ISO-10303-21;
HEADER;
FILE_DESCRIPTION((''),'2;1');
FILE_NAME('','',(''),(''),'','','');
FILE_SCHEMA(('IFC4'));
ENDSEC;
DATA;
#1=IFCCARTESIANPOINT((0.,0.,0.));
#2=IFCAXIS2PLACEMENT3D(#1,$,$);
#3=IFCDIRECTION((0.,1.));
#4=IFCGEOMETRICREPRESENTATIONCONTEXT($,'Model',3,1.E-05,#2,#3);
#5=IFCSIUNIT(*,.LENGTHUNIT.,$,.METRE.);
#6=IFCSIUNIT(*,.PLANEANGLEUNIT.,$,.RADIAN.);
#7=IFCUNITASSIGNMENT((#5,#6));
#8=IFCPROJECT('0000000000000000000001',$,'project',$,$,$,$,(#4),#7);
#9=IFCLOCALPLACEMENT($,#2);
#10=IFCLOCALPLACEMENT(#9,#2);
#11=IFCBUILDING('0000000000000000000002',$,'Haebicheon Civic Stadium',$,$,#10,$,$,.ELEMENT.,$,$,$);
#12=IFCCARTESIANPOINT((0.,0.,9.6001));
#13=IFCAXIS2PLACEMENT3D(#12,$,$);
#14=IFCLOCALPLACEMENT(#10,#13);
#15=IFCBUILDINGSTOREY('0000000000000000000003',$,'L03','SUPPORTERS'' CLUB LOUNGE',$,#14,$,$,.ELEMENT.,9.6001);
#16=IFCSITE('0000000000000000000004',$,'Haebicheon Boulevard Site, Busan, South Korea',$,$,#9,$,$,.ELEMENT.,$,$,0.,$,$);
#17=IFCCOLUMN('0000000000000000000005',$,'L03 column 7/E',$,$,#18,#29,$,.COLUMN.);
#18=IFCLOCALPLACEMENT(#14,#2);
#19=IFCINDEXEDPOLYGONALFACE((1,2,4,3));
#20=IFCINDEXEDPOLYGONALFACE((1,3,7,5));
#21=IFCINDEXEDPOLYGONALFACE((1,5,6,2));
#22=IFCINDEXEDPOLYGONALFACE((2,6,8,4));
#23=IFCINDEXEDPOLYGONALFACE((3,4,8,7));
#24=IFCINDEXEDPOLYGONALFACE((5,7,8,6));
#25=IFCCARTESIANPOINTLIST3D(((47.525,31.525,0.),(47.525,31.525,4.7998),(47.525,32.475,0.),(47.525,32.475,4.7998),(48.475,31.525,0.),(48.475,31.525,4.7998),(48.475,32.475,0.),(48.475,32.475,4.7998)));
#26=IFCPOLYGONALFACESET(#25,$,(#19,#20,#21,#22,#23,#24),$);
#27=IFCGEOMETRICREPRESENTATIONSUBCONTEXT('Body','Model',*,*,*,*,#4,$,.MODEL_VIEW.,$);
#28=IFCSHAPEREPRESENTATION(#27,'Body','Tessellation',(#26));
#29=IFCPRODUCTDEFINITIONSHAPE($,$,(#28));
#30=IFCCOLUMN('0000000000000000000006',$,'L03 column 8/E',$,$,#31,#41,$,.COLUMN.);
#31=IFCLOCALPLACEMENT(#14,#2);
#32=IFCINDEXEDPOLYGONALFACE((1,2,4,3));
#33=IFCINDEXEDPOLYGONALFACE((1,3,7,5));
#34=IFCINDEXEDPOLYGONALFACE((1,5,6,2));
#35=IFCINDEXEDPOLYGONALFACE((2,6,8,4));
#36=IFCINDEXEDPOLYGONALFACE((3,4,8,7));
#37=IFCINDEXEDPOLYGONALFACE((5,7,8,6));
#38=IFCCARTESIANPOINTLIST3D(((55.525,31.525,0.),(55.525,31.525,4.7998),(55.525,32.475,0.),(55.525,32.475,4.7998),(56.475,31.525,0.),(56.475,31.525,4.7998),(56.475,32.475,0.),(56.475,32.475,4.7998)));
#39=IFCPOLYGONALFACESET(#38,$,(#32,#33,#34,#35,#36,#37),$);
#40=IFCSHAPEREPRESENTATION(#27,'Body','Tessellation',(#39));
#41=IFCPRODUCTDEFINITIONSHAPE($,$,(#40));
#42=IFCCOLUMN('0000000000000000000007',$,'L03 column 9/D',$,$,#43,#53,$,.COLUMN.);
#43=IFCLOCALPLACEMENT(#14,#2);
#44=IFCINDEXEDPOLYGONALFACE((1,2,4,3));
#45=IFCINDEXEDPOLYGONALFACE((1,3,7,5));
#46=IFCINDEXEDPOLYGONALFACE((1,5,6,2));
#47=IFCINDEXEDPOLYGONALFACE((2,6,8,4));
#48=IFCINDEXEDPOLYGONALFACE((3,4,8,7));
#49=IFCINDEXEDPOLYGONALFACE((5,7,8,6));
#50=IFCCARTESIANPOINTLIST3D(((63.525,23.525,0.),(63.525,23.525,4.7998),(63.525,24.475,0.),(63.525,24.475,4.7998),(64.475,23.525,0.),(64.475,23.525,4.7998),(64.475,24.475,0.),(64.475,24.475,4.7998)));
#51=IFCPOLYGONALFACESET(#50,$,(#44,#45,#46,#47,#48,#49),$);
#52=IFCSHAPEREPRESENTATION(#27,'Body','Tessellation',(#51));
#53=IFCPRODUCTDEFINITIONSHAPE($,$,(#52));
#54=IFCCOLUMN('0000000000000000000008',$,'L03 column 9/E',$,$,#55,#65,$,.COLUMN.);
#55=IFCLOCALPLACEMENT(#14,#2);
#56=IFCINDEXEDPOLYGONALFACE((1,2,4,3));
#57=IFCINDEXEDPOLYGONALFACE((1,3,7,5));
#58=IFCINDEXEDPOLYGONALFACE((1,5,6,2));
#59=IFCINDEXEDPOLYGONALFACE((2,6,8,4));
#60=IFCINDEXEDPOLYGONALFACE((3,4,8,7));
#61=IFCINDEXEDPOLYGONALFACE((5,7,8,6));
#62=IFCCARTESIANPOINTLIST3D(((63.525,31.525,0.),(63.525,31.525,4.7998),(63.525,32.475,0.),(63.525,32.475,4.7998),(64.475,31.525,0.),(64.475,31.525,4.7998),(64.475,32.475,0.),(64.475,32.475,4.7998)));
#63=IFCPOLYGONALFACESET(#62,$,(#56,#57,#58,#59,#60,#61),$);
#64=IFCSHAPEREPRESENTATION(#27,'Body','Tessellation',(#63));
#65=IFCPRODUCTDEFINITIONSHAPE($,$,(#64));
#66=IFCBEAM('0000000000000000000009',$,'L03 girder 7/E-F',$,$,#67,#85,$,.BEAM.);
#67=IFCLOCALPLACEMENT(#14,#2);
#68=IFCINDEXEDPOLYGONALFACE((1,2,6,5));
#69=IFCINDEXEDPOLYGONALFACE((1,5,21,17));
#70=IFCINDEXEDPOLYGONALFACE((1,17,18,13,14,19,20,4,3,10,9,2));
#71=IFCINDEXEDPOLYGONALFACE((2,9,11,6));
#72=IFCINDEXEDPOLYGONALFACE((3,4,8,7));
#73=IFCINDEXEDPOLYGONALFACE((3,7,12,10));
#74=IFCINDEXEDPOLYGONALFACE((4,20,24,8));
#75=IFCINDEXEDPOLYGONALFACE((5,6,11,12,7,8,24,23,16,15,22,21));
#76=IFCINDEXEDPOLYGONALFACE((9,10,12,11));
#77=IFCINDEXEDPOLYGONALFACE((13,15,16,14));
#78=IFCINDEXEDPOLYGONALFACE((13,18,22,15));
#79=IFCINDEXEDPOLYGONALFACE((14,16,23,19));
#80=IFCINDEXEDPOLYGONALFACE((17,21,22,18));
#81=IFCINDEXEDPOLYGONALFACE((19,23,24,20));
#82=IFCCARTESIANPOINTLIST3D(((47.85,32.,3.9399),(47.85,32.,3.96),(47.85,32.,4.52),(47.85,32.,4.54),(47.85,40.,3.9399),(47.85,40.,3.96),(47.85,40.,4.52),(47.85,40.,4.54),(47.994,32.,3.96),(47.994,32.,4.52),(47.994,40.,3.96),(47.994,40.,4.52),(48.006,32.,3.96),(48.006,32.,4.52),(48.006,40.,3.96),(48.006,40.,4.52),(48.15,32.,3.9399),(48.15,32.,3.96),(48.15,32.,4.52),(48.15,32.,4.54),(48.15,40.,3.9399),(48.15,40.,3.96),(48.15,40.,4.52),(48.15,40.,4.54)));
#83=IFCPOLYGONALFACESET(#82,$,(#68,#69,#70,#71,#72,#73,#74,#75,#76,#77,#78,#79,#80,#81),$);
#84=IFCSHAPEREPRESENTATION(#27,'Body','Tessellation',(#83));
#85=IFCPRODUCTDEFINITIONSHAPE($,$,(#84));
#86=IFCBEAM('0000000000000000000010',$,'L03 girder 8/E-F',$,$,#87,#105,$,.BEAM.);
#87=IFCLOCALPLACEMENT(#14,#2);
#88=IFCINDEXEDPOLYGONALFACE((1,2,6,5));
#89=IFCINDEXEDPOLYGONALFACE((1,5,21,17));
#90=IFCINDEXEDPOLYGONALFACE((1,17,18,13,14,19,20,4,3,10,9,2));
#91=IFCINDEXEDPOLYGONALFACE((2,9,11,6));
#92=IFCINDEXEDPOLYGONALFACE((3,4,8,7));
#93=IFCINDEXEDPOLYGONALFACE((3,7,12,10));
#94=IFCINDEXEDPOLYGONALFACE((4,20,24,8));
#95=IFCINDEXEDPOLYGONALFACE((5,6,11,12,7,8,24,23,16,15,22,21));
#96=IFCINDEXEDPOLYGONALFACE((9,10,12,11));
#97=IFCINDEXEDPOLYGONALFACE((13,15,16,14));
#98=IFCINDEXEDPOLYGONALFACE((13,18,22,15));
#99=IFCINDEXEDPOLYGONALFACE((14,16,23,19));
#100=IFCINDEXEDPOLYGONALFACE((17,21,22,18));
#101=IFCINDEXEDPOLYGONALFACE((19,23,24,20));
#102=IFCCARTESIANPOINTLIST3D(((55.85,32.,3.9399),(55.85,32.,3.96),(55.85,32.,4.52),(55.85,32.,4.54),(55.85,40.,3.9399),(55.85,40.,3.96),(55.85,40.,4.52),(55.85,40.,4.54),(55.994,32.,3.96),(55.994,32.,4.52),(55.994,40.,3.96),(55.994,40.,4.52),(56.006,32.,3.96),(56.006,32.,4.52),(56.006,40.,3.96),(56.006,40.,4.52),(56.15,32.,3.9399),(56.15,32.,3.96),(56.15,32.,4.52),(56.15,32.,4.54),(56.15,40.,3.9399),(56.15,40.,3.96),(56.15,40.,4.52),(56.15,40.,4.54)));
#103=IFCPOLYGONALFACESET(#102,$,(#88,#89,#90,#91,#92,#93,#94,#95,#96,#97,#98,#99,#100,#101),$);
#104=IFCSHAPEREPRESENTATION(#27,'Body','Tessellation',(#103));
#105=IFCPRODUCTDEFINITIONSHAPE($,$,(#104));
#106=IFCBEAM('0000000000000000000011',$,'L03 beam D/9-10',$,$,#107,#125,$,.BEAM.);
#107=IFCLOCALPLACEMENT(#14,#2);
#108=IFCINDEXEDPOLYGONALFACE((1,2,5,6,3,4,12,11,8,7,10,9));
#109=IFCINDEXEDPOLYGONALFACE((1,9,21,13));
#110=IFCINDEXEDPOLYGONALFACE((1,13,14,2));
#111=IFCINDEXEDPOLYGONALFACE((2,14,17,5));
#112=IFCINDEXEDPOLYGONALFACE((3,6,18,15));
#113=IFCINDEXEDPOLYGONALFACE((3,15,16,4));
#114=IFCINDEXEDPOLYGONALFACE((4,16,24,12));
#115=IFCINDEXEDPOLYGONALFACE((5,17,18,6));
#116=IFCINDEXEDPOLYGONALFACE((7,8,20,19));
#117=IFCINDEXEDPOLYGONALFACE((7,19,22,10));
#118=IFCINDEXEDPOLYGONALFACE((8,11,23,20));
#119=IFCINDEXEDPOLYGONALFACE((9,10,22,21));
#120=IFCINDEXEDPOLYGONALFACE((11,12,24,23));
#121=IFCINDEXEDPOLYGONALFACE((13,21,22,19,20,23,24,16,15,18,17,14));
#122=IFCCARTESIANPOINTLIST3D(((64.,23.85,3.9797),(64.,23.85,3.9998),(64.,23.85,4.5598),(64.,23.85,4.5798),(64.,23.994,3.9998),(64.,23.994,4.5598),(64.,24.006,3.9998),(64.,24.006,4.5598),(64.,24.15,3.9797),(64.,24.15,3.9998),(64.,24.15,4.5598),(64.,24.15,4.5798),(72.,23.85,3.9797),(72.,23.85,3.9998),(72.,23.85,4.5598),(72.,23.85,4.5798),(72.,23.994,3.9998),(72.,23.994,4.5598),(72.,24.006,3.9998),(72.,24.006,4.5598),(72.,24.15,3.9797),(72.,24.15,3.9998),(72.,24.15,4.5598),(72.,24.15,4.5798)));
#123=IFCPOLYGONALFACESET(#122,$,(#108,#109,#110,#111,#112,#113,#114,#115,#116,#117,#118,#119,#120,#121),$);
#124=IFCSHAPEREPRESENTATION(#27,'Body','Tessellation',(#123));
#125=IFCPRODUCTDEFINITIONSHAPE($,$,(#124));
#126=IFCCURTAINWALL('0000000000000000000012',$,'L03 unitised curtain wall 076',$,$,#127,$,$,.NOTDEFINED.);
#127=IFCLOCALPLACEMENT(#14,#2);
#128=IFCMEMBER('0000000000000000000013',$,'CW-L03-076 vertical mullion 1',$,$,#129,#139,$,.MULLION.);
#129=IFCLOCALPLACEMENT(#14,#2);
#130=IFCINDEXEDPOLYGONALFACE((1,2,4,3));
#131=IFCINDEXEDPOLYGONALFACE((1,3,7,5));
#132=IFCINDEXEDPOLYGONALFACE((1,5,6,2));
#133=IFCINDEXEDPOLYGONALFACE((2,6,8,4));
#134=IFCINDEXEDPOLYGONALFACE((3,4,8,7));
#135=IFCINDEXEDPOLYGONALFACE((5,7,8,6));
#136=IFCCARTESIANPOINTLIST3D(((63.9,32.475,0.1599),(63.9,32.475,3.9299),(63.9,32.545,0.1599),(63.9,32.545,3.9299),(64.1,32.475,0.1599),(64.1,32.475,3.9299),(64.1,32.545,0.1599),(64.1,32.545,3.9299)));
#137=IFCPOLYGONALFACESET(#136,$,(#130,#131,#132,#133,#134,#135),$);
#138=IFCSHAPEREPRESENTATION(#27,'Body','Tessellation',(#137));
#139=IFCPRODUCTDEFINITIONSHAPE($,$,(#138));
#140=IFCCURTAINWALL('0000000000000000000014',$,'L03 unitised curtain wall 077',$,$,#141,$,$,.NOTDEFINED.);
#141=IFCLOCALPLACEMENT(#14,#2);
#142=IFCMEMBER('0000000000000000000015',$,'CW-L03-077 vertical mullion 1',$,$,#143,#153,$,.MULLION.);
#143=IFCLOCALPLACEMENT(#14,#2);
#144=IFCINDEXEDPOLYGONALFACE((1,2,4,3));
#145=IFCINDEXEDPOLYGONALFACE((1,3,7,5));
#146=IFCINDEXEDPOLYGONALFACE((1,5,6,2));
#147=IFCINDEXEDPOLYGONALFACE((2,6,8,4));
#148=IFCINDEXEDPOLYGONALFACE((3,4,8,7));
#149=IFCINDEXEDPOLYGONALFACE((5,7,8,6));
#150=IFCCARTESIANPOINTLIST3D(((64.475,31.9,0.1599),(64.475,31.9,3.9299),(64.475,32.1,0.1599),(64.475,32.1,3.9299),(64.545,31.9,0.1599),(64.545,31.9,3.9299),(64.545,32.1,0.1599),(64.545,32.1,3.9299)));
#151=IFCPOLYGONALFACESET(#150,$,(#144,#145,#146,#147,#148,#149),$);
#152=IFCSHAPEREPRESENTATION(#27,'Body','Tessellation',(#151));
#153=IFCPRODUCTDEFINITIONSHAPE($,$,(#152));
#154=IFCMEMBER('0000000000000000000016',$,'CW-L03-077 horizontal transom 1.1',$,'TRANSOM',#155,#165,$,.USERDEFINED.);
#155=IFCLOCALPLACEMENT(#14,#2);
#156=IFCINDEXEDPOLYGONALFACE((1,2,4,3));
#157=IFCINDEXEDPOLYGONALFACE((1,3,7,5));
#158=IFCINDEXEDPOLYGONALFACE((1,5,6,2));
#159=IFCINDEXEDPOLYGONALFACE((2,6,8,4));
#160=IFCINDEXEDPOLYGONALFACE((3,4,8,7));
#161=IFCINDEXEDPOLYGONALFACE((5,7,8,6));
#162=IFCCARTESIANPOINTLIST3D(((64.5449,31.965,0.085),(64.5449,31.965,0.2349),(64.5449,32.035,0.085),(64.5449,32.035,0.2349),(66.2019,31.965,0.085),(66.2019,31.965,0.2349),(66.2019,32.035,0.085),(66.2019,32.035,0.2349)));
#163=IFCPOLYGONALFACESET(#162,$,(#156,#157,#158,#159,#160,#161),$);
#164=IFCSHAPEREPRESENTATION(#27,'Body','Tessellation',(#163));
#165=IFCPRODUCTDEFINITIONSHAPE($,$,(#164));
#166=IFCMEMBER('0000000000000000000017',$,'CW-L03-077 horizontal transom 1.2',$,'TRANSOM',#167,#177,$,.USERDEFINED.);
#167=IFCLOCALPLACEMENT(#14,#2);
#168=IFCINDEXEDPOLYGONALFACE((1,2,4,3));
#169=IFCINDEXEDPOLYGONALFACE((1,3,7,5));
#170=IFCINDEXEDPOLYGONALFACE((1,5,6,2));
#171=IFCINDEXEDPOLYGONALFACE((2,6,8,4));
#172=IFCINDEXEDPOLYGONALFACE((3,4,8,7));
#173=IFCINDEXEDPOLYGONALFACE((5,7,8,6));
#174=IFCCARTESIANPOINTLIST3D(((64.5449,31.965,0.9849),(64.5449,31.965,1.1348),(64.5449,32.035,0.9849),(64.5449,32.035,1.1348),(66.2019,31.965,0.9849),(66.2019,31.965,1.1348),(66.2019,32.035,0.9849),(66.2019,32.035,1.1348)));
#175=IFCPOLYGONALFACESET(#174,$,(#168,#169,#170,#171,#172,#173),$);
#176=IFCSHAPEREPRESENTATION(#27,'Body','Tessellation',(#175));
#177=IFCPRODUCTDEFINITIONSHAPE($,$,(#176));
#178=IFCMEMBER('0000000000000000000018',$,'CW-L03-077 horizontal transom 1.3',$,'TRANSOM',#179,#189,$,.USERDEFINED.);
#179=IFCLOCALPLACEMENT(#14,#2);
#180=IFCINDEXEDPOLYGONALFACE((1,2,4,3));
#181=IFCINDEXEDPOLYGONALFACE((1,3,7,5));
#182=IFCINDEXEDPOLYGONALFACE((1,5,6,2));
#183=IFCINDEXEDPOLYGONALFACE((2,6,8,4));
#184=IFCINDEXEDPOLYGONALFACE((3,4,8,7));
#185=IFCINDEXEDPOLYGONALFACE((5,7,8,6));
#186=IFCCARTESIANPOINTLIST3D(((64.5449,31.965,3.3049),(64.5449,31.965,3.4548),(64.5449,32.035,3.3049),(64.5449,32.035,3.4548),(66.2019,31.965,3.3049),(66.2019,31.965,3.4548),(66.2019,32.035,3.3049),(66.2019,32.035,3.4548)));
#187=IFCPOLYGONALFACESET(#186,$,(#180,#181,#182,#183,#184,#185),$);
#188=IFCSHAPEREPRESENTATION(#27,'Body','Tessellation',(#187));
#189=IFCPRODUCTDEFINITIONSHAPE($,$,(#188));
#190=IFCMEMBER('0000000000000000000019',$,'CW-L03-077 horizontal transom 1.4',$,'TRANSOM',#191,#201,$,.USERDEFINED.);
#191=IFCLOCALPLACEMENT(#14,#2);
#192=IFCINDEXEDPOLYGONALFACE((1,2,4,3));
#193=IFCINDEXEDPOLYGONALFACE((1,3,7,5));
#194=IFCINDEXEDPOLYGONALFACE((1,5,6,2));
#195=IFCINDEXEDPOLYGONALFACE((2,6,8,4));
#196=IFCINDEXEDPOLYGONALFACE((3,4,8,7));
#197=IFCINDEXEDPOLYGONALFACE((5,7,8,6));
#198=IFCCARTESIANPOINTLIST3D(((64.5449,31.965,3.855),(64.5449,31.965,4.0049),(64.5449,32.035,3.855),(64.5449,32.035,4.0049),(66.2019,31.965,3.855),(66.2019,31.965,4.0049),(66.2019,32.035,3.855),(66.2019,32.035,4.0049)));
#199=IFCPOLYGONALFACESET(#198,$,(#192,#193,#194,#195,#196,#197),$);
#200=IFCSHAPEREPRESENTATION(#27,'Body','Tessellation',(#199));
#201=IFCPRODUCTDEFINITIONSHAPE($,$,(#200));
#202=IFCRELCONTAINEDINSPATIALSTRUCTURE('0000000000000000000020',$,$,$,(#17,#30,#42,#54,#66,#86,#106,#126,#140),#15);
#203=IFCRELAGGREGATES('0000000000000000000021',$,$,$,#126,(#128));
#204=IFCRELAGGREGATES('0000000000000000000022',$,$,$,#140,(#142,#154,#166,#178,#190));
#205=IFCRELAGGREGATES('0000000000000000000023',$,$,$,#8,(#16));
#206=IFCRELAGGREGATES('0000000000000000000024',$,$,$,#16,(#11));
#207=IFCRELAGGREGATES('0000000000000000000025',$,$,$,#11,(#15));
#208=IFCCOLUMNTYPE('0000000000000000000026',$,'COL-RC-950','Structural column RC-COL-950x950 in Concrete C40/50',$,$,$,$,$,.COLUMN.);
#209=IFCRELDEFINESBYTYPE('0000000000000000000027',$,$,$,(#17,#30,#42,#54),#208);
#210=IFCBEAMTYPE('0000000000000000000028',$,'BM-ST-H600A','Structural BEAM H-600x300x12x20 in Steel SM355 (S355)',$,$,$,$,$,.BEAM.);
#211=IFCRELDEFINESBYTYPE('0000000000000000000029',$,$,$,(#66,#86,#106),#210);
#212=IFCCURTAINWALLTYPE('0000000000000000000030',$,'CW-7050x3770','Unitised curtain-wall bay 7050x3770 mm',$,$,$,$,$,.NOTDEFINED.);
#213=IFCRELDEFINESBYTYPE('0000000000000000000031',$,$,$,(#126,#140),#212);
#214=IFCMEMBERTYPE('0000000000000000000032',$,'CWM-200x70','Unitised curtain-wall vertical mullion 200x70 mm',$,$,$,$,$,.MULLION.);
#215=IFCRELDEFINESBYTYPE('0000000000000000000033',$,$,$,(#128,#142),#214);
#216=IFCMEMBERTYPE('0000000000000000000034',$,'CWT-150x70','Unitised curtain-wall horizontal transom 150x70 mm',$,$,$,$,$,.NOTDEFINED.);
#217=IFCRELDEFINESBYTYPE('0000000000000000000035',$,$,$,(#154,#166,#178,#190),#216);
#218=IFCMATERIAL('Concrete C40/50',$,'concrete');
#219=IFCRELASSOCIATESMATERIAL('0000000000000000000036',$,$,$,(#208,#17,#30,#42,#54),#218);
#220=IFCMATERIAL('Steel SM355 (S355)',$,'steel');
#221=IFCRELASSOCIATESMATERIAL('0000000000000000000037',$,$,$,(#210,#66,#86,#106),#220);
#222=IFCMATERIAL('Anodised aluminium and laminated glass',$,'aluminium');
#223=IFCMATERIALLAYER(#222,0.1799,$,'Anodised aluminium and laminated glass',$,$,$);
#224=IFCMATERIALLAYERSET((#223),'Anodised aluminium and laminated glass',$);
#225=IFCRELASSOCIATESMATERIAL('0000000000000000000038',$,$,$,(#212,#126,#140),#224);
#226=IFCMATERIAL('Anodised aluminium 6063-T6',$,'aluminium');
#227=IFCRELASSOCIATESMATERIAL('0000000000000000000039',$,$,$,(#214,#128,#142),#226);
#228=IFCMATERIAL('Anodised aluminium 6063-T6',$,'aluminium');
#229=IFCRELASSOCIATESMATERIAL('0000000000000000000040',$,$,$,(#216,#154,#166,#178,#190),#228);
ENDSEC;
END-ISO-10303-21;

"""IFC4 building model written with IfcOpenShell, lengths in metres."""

from ifc_helpers import new_model, si_unit, direction, frame, origin, origin_2d, place, context, subcontext, project, spatial, rectangle, i_section, extrude, material, layer, layer_set, material_profile, profile_set, type_object, element, aggregate, save


model = new_model("IFC4")

# Units and contexts
model_context = context("Model", 3, precision=1e-05, world=origin(), true_north=direction((0.0, 1.0)))
body_context = subcontext(model_context, "Body", "Model", "MODEL_VIEW")
ifc_project = project(units=[si_unit("LENGTHUNIT", "METRE"), si_unit("PLANEANGLEUNIT", "RADIAN")], contexts=[model_context])

# Site, building, storey
site_placement = place(None, origin())
site = spatial("IfcSite", under=ifc_project, at=site_placement, Name="Haebicheon Boulevard Site, Busan, South Korea", CompositionType="ELEMENT", RefElevation=0.0)
building_placement = place(site_placement, origin())
building = spatial("IfcBuilding", under=site, at=building_placement, Name="Haebicheon Civic Stadium", CompositionType="ELEMENT")
storey_placement = place(building_placement, frame((0.0, 0.0, 9.6001)))
storey = spatial("IfcBuildingStorey", under=building, at=storey_placement, Name="L03", Description="SUPPORTERS' CLUB LOUNGE", CompositionType="ELEMENT", Elevation=9.6001)

# Columns
ifc_material_1 = material(Name="Concrete C40/50", Category="concrete")
ifc_material_profile_1 = material_profile(ifc_material_1, rectangle(XDim=0.95, YDim=0.95, at=origin_2d()), Name="RC-COL-950x950")
ifc_profile_set_1 = profile_set([ifc_material_profile_1], Name="Concrete C40/50")
column_type = type_object("IfcColumnType", Name="COL-RC-950", Description="Structural column RC-COL-950x950 in Concrete C40/50", PredefinedType="COLUMN", material=ifc_profile_set_1)
for number, where, z_axis, x_axis, name in (
    (1, (48.0, 32.0, 0.0), (0.0, 0.0, 1.0), (1.0, 0.0, 0.0), "L03 column 7/E"),
    (2, (56.0, 32.0, 0.0), (0.0, 0.0, 1.0), (1.0, 0.0, 0.0), "L03 column 8/E"),
    (3, (64.0, 24.0, 0.0), (0.0, 0.0, 1.0), (1.0, 0.0, 0.0), "L03 column 9/D"),
    (4, (64.0, 32.0, 0.0), (0.0, 0.0, 1.0), (1.0, 0.0, 0.0), "L03 column 9/E"),
):
    element("IfcColumn", number, at=place(storey_placement, frame(where, z_axis=z_axis, x_axis=x_axis)), inside=storey, type_object=column_type, material=ifc_profile_set_1, Name=name, PredefinedType="COLUMN", context=body_context, shape_type="SweptSolid", body=[
        extrude(rectangle(XDim=0.95, YDim=0.95, at=origin_2d()), origin(), (0.0, 0.0, 1.0), 4.7998),
    ])

# Beams
ifc_material_2 = material(Name="Steel SM355 (S355)", Category="steel")
ifc_material_profile_2 = material_profile(ifc_material_2, i_section(OverallWidth=0.3, OverallDepth=0.6001, WebThickness=0.012, FlangeThickness=0.02, at=origin_2d()), Name="H-600x300x12x20")
ifc_profile_set_2 = profile_set([ifc_material_profile_2], Name="Steel SM355 (S355)")
beam_type_1 = type_object("IfcBeamType", Name="BM-ST-H600A", Description="Structural BEAM H-600x300x12x20 in Steel SM355 (S355)", PredefinedType="BEAM", material=ifc_profile_set_2)
for number, where, z_axis, x_axis, name in (
    (5, (48.0, 32.0, 4.24), (0.0, 1.0, 0.0), (-1.0, 0.0, 0.0), "L03 girder 7/E-F"),
    (6, (56.0, 32.0, 4.24), (0.0, 1.0, 0.0), (-1.0, 0.0, 0.0), "L03 girder 8/E-F"),
    (7, (64.0, 24.0, 4.2798), (1.0, 0.0, 0.0), (0.0, 1.0, 0.0), "L03 beam D/9-10"),
):
    element("IfcBeam", number, at=place(storey_placement, frame(where, z_axis=z_axis, x_axis=x_axis)), inside=storey, type_object=beam_type_1, material=ifc_profile_set_2, Name=name, PredefinedType="BEAM", context=body_context, shape_type="SweptSolid", body=[
        extrude(i_section(OverallWidth=0.3, OverallDepth=0.6001, WebThickness=0.012, FlangeThickness=0.02, at=origin_2d()), origin(), (0.0, 0.0, 1.0), 8.0),
    ])

# Curtain wall, member
ifc_material_3 = material(Name="Anodised aluminium and laminated glass", Category="aluminium")
ifc_layer_1 = layer(ifc_material_3, 0.1799, Name="Anodised aluminium and laminated glass")
ifc_layer_set_1 = layer_set([ifc_layer_1], Name="Anodised aluminium and laminated glass")
curtain_wall_type = type_object("IfcCurtainWallType", Name="CW-7050x3770", Description="Unitised curtain-wall bay 7050x3770 mm", PredefinedType="NOTDEFINED", material=ifc_layer_set_1)
curtain_wall_1_placement = place(storey_placement, origin())
curtain_wall_1 = element("IfcCurtainWall", 8, at=curtain_wall_1_placement, inside=storey, type_object=curtain_wall_type, material=ifc_layer_set_1, Name="L03 unitised curtain wall 076", PredefinedType="NOTDEFINED")
ifc_material_4 = material(Name="Anodised aluminium 6063-T6", Category="aluminium")
ifc_material_profile_3 = material_profile(ifc_material_4, rectangle(XDim=0.0701, YDim=0.2, at=origin_2d()), Name="ALU-MULL-70x200")
ifc_profile_set_3 = profile_set([ifc_material_profile_3], Name="Anodised aluminium 6063-T6")
member_type_1 = type_object("IfcMemberType", Name="CWM-200x70", Description="Unitised curtain-wall vertical mullion 200x70 mm", PredefinedType="MULLION", material=ifc_profile_set_3)
member_1_placement = place(storey_placement, frame((64.0, 32.51, 0.1599), z_axis=(0.0, 0.0, 1.0), x_axis=(0.0, 1.0, 0.0)))
member_1 = element("IfcMember", 9, at=member_1_placement, type_object=member_type_1, material=ifc_profile_set_3, Name="CW-L03-076 vertical mullion 1", PredefinedType="MULLION", context=body_context, shape_type="SweptSolid", body=[
    extrude(rectangle(XDim=0.0701, YDim=0.2, at=origin_2d()), origin(), (0.0, 0.0, 1.0), 3.77),
])
aggregate(curtain_wall_1, [member_1])

# Curtain wall, members
curtain_wall_2_placement = place(storey_placement, origin())
curtain_wall_2 = element("IfcCurtainWall", 10, at=curtain_wall_2_placement, inside=storey, type_object=curtain_wall_type, material=ifc_layer_set_1, Name="L03 unitised curtain wall 077", PredefinedType="NOTDEFINED")
member_2_placement = place(storey_placement, frame((64.51, 32.0, 0.1599), z_axis=(0.0, 0.0, 1.0), x_axis=(1.0, 0.0, 0.0)))
member_2 = element("IfcMember", 11, at=member_2_placement, type_object=member_type_1, material=ifc_profile_set_3, Name="CW-L03-077 vertical mullion 1", PredefinedType="MULLION", context=body_context, shape_type="SweptSolid", body=[
    extrude(rectangle(XDim=0.0701, YDim=0.2, at=origin_2d()), origin(), (0.0, 0.0, 1.0), 3.77),
])
ifc_material_5 = material(Name="Anodised aluminium 6063-T6", Category="aluminium")
ifc_material_profile_4 = material_profile(ifc_material_5, rectangle(XDim=0.0701, YDim=0.1499, at=origin_2d()), Name="ALU-TRAN-70x150")
ifc_profile_set_4 = profile_set([ifc_material_profile_4], Name="Anodised aluminium 6063-T6")
member_type_2 = type_object("IfcMemberType", Name="CWT-150x70", Description="Unitised curtain-wall horizontal transom 150x70 mm", PredefinedType="NOTDEFINED", material=ifc_profile_set_4)
member_3_placement = place(storey_placement, frame((64.5449, 32.0, 0.1599), z_axis=(1.0, 0.0, 0.0), x_axis=(0.0, 1.0, 0.0)))
member_3 = element("IfcMember", 12, at=member_3_placement, type_object=member_type_2, material=ifc_profile_set_4, Name="CW-L03-077 horizontal transom 1.1", ObjectType="TRANSOM", PredefinedType="USERDEFINED", context=body_context, shape_type="SweptSolid", body=[
    extrude(rectangle(XDim=0.0701, YDim=0.1499, at=origin_2d()), origin(), (0.0, 0.0, 1.0), 1.657),
])
member_4_placement = place(storey_placement, frame((64.5449, 32.0, 1.0598), z_axis=(1.0, 0.0, 0.0), x_axis=(0.0, 1.0, 0.0)))
member_4 = element("IfcMember", 13, at=member_4_placement, type_object=member_type_2, material=ifc_profile_set_4, Name="CW-L03-077 horizontal transom 1.2", ObjectType="TRANSOM", PredefinedType="USERDEFINED", context=body_context, shape_type="SweptSolid", body=[
    extrude(rectangle(XDim=0.0701, YDim=0.1499, at=origin_2d()), origin(), (0.0, 0.0, 1.0), 1.657),
])
member_5_placement = place(storey_placement, frame((64.5449, 32.0, 3.3799), z_axis=(1.0, 0.0, 0.0), x_axis=(0.0, 1.0, 0.0)))
member_5 = element("IfcMember", 14, at=member_5_placement, type_object=member_type_2, material=ifc_profile_set_4, Name="CW-L03-077 horizontal transom 1.3", ObjectType="TRANSOM", PredefinedType="USERDEFINED", context=body_context, shape_type="SweptSolid", body=[
    extrude(rectangle(XDim=0.0701, YDim=0.1499, at=origin_2d()), origin(), (0.0, 0.0, 1.0), 1.657),
])
member_6_placement = place(storey_placement, frame((64.5449, 32.0, 3.9299), z_axis=(1.0, 0.0, 0.0), x_axis=(0.0, 1.0, 0.0)))
member_6 = element("IfcMember", 15, at=member_6_placement, type_object=member_type_2, material=ifc_profile_set_4, Name="CW-L03-077 horizontal transom 1.4", ObjectType="TRANSOM", PredefinedType="USERDEFINED", context=body_context, shape_type="SweptSolid", body=[
    extrude(rectangle(XDim=0.0701, YDim=0.1499, at=origin_2d()), origin(), (0.0, 0.0, 1.0), 1.657),
])

aggregate(curtain_wall_2, [member_2, member_3, member_4, member_5, member_6])

save(model, "model.ifc")
